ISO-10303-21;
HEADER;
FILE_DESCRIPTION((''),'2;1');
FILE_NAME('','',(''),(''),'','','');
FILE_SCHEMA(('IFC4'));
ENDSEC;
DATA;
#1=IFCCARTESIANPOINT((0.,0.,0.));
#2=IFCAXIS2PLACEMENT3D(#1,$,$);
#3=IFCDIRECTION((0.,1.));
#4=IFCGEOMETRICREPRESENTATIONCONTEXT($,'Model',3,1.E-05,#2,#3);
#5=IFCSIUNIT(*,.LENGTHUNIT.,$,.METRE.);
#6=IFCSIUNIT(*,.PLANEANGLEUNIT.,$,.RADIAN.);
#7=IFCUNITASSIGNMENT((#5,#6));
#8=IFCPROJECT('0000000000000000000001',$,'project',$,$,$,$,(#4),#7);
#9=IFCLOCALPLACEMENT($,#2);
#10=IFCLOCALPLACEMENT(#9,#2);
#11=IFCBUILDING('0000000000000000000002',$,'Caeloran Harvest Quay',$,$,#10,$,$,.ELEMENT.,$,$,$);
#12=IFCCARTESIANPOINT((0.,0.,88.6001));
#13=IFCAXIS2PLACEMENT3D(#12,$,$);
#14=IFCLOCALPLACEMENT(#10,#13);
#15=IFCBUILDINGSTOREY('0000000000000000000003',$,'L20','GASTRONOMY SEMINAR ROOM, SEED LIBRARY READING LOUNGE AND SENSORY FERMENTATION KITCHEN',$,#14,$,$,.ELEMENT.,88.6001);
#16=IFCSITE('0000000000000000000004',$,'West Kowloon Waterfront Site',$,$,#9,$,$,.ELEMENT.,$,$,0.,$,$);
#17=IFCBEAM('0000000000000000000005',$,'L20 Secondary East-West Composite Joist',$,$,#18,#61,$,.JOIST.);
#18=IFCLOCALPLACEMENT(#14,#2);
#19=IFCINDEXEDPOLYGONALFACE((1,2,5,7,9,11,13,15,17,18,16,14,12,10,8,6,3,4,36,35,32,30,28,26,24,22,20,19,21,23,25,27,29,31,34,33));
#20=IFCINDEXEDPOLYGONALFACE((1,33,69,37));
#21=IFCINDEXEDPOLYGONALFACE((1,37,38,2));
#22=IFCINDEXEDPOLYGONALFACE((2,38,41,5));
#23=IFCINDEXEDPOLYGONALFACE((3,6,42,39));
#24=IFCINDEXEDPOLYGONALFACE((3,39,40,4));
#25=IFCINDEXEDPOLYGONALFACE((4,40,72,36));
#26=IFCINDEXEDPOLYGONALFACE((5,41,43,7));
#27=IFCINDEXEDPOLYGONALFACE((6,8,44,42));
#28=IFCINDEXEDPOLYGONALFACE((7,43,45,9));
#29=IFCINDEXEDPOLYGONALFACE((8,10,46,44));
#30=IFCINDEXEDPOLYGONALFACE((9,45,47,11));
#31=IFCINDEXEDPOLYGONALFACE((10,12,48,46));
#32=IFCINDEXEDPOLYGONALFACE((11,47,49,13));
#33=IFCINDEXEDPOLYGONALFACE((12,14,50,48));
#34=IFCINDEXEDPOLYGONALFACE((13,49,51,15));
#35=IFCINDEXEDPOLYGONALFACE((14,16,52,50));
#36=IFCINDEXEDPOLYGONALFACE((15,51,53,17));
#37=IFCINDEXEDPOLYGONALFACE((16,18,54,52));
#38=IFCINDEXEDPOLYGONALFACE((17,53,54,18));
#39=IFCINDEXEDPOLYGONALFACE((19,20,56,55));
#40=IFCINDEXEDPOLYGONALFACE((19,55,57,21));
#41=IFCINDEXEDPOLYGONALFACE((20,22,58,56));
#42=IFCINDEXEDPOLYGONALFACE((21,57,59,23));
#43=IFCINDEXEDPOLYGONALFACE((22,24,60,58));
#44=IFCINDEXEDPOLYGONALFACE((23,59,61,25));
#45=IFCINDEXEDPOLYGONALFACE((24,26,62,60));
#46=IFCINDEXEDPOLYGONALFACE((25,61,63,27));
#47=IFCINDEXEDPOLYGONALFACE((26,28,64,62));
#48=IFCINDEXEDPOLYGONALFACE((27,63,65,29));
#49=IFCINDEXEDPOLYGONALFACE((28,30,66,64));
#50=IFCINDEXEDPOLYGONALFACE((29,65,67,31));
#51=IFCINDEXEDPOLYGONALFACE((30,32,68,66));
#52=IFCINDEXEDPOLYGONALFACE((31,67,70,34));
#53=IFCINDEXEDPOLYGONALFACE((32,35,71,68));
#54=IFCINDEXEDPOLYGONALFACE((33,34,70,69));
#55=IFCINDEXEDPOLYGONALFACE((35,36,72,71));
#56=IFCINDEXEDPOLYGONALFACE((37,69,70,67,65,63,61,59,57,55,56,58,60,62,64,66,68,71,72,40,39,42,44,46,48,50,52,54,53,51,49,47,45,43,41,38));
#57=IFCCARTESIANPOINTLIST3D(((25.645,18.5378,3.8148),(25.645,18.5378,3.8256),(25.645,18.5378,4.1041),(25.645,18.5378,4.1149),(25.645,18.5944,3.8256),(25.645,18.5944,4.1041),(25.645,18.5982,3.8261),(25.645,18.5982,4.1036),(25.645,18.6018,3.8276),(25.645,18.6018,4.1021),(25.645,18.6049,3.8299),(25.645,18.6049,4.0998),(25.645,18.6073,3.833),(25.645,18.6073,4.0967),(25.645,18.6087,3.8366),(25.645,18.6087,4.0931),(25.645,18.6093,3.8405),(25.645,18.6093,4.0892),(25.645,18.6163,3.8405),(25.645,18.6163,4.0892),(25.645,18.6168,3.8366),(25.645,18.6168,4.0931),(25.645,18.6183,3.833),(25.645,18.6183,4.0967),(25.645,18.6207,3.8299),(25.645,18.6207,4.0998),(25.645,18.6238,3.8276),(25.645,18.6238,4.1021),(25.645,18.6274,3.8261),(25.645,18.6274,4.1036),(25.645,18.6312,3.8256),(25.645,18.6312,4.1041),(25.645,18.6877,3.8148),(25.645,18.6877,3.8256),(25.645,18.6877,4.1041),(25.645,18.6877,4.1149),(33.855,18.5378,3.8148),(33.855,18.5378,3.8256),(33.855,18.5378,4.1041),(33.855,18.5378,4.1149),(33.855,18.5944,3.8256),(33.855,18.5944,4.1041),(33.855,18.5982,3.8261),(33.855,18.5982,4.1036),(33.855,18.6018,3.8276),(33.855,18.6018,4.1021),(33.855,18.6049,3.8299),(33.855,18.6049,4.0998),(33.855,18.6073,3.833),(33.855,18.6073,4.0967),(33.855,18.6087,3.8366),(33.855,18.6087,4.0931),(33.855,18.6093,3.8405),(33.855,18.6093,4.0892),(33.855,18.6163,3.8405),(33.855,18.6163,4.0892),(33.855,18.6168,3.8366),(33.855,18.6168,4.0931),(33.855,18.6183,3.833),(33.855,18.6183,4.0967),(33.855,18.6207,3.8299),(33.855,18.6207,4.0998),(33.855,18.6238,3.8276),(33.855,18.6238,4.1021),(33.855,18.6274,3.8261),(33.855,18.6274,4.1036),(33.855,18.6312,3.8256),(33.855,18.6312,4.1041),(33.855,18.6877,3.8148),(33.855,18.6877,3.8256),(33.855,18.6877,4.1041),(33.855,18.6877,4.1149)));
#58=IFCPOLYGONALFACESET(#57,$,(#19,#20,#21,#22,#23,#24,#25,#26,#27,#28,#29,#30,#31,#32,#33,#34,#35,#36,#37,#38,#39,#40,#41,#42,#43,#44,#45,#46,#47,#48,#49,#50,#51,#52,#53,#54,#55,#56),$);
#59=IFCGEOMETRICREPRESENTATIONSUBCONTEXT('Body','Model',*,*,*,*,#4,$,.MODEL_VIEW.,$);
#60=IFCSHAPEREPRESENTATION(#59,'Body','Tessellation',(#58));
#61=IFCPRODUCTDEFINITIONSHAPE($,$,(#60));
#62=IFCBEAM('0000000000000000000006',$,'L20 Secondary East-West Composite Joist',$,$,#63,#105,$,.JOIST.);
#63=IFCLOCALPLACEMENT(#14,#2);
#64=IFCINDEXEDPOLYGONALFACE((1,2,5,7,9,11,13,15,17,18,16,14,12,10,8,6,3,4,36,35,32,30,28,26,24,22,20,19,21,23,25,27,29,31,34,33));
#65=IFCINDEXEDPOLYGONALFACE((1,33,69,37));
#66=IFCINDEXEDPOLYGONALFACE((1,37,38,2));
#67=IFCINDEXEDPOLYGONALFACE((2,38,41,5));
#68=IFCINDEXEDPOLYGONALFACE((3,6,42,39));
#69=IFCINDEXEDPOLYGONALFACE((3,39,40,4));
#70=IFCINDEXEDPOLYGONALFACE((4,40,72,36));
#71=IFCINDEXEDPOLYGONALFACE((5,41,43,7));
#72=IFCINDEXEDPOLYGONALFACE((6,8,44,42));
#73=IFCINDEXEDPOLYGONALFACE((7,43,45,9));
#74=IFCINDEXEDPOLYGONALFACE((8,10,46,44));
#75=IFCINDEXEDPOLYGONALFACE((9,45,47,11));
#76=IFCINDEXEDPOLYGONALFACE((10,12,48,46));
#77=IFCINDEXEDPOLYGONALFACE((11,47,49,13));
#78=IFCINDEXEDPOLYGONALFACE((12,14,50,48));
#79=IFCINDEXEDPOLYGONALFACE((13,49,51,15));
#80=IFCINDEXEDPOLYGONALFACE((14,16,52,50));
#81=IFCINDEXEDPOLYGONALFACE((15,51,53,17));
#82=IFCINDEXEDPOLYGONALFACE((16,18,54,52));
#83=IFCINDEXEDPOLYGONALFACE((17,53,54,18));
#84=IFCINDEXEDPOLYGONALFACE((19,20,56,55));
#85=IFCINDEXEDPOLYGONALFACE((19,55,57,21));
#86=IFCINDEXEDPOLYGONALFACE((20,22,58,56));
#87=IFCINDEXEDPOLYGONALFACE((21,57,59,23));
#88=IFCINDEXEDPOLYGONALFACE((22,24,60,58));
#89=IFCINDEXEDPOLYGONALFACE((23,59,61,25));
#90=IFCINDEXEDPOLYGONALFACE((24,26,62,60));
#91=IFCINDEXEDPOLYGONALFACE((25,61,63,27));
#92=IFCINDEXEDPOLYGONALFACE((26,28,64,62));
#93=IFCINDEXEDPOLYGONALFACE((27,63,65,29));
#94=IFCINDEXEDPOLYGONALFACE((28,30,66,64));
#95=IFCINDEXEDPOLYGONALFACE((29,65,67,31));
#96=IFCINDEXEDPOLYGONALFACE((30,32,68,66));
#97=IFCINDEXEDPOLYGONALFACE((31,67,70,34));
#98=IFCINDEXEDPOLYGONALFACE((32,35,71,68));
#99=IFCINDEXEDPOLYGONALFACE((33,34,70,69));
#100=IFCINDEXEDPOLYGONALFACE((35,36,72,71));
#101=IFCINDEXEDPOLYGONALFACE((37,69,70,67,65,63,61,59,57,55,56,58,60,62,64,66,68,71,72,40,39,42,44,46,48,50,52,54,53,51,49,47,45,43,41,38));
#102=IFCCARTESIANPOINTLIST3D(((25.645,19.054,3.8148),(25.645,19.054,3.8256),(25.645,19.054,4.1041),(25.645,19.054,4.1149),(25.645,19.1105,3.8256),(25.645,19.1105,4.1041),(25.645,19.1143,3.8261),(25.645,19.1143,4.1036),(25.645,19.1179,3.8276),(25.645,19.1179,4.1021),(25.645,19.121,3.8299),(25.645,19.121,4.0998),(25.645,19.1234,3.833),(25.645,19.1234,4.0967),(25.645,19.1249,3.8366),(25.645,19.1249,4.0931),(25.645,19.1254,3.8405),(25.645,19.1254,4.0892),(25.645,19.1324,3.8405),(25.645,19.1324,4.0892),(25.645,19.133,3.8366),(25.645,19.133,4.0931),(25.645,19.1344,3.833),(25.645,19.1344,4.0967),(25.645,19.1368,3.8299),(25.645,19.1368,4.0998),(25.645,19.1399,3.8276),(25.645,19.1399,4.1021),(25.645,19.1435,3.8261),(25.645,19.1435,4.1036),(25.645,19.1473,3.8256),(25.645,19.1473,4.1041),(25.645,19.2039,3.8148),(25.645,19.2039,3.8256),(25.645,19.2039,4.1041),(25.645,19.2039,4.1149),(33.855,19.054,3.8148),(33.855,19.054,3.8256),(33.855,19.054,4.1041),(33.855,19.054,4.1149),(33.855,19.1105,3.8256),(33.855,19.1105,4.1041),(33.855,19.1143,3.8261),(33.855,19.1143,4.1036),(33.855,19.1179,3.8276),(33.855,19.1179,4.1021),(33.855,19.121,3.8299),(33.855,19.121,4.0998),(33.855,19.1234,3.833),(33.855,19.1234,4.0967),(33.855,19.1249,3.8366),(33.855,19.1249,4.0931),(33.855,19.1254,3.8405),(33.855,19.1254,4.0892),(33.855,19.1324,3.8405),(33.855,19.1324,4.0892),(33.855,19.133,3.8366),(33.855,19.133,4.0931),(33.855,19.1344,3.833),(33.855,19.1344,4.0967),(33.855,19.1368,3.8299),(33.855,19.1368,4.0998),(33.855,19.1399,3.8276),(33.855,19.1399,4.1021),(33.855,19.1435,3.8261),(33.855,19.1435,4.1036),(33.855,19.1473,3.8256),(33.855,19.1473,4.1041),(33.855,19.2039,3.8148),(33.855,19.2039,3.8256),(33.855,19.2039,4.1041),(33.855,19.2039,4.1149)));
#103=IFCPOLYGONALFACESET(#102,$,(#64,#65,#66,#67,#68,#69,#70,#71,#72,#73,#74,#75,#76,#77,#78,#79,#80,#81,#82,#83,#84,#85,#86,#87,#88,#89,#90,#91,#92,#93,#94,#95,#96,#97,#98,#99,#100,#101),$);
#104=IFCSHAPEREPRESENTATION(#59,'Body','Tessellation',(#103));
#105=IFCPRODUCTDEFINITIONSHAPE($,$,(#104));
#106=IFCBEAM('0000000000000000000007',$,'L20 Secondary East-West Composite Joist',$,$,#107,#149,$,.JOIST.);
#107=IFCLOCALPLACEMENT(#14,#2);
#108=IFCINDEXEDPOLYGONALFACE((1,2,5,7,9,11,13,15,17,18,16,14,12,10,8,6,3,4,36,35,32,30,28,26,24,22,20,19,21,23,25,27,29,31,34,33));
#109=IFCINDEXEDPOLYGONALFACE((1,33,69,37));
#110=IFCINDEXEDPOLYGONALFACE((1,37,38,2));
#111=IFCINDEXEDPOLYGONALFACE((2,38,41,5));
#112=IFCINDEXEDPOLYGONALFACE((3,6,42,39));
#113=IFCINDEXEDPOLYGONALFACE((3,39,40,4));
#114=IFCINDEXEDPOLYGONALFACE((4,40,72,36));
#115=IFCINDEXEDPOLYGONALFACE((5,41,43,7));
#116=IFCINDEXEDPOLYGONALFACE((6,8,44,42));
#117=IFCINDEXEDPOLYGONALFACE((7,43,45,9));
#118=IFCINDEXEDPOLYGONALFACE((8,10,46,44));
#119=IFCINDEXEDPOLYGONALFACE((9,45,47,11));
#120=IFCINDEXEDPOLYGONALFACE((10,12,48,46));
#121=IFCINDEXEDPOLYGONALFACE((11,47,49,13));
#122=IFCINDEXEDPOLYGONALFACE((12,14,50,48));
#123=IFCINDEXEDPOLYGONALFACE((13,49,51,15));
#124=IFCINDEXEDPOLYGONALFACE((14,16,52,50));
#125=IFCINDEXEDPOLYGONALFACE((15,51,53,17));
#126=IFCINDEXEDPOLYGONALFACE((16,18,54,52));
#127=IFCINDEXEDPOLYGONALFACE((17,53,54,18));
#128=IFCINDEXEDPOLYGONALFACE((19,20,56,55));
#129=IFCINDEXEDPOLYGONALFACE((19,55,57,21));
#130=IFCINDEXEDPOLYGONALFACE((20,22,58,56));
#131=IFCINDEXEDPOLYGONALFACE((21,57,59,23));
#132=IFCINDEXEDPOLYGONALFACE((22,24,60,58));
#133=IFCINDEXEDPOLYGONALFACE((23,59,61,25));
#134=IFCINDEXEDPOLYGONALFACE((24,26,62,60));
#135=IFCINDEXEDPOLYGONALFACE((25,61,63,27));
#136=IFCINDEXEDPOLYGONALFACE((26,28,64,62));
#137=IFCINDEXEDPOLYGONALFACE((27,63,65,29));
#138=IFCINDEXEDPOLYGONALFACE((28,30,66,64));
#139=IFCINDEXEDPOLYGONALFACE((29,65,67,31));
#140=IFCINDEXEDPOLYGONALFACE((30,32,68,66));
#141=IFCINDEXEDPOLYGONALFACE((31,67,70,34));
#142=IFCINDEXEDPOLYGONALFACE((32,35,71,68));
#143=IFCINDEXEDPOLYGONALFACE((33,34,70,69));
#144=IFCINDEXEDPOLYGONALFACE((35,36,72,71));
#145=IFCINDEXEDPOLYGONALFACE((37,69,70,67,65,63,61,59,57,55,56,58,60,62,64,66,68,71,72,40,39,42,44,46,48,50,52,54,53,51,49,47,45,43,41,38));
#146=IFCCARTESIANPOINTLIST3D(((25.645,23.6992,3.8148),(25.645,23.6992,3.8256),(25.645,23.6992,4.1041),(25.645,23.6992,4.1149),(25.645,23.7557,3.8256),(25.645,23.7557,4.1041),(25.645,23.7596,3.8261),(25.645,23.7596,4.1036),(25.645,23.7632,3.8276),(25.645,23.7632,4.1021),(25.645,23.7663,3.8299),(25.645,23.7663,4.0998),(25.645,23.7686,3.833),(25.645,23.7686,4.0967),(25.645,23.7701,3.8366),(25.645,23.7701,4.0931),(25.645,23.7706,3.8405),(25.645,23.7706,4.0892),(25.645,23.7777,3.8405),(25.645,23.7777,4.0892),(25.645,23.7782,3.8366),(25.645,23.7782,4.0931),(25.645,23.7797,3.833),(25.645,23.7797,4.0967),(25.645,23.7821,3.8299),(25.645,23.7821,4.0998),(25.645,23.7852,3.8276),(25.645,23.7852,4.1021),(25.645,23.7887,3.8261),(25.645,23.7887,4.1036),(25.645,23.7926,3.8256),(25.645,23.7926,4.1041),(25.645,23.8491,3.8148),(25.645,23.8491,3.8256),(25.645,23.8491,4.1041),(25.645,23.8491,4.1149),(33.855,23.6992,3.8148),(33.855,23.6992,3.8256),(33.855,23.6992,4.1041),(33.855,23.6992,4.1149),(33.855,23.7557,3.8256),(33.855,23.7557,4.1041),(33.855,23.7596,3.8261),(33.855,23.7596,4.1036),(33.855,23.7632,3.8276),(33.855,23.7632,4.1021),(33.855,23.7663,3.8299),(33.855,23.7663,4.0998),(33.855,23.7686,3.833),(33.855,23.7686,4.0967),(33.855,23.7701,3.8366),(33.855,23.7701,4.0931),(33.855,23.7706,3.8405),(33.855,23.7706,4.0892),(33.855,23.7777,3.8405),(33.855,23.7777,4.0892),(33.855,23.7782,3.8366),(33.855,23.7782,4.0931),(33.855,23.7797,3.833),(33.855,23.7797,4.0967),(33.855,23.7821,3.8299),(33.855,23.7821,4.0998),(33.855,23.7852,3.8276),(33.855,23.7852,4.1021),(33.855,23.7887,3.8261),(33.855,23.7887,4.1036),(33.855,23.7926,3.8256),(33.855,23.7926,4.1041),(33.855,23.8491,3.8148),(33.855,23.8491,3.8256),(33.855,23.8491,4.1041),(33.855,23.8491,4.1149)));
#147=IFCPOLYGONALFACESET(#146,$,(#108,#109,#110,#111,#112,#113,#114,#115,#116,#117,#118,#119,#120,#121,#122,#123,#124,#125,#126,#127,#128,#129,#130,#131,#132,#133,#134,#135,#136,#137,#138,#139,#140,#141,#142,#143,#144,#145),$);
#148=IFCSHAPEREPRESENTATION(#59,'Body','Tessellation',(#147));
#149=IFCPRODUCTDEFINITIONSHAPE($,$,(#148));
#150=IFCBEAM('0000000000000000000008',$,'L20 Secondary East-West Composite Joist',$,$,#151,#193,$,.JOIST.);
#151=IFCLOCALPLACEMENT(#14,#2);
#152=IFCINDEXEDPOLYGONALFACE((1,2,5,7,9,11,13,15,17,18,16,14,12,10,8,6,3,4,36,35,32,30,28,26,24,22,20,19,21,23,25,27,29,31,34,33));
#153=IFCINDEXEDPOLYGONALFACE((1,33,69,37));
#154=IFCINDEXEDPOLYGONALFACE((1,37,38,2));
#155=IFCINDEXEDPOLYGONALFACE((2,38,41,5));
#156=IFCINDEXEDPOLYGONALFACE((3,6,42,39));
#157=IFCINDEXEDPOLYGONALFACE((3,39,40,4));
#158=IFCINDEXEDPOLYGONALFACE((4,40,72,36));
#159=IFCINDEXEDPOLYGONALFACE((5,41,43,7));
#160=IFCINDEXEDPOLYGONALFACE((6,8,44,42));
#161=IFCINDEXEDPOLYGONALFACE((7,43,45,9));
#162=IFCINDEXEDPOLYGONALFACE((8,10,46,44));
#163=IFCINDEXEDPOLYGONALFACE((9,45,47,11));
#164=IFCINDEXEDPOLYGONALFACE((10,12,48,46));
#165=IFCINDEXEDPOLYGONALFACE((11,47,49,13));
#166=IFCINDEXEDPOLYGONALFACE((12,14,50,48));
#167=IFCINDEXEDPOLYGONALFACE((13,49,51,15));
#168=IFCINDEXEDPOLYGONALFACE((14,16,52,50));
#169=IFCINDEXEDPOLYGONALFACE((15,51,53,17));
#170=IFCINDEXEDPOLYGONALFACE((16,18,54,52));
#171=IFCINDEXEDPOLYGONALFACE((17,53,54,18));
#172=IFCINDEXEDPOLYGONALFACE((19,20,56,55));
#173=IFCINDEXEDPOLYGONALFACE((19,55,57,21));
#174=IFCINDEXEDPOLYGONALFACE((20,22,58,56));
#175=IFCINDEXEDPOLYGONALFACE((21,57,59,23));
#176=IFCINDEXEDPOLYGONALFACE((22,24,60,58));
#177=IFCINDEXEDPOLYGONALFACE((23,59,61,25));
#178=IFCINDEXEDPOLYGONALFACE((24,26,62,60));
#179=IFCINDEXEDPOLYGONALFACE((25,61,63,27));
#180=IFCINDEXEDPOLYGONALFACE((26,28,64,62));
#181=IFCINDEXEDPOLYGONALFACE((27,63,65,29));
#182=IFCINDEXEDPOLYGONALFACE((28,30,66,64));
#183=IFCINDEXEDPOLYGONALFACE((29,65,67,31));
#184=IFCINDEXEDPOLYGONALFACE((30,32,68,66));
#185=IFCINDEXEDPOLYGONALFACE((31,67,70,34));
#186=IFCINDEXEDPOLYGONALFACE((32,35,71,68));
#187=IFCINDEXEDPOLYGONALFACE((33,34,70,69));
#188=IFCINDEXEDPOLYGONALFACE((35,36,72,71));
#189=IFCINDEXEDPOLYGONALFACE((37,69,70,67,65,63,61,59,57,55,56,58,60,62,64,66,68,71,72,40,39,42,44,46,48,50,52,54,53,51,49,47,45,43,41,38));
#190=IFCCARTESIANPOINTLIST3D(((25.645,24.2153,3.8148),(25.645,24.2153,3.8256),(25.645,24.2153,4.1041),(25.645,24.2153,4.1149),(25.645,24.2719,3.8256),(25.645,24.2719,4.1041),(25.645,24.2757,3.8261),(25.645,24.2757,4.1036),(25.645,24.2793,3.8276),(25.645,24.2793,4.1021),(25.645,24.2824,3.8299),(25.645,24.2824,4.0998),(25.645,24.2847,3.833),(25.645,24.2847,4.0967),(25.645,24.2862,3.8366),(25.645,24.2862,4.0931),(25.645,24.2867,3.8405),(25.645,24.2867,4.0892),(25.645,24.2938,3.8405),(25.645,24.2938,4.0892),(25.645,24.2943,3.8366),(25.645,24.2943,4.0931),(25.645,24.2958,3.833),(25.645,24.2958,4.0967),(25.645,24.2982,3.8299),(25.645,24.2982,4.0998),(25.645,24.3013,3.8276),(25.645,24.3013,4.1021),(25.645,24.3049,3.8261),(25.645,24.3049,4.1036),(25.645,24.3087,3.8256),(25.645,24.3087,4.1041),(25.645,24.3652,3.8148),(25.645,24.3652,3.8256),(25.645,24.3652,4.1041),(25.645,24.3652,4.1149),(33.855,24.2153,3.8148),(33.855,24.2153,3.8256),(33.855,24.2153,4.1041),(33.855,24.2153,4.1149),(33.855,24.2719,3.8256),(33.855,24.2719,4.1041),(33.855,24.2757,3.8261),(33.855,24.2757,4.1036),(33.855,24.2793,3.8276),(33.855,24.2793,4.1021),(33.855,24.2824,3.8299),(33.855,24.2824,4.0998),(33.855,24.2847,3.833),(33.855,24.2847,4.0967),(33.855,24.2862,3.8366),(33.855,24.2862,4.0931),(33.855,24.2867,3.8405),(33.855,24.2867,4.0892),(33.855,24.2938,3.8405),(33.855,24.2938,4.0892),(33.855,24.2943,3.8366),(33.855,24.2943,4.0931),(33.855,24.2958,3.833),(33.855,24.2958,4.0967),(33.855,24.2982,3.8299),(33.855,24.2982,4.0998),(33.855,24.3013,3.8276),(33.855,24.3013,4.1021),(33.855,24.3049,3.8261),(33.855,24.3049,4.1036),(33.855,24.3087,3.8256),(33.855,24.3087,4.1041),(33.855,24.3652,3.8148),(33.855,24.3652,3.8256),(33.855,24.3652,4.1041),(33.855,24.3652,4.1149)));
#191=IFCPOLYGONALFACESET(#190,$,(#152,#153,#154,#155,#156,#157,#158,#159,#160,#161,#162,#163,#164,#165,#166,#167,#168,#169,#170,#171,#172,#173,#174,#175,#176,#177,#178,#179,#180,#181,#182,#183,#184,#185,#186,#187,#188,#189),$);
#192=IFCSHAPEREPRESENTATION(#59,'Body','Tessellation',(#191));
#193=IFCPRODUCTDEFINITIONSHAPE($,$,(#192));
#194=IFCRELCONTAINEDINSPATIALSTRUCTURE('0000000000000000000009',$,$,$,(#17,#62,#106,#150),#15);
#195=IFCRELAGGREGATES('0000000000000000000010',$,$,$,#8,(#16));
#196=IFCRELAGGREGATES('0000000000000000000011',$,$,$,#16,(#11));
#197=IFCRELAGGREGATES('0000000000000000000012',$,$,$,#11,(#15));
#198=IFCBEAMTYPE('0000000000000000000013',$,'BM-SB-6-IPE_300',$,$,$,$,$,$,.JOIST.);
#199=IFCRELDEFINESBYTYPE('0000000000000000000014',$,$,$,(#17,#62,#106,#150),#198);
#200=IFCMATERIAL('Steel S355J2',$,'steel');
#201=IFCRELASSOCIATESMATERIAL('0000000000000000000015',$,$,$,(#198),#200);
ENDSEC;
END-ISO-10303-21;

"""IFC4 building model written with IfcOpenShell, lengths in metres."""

from ifc_helpers import new_model, si_unit, direction, frame, origin, origin_2d, place, context, subcontext, project, spatial, i_section, extrude, material, material_profile, profile_set, type_object, element, save


model = new_model("IFC4")

# Units and contexts
model_context = context("Model", 3, precision=1e-05, world=origin(), true_north=direction((0.0, 1.0)))
body_context = subcontext(model_context, "Body", "Model", "MODEL_VIEW")
ifc_project = project(units=[si_unit("LENGTHUNIT", "METRE"), si_unit("PLANEANGLEUNIT", "RADIAN")], contexts=[model_context])

# Site, building, storey
site_placement = place(None, origin())
site = spatial("IfcSite", under=ifc_project, at=site_placement, Name="West Kowloon Waterfront Site", CompositionType="ELEMENT", RefElevation=0.0)
building_placement = place(site_placement, origin())
building = spatial("IfcBuilding", under=site, at=building_placement, Name="Caeloran Harvest Quay", CompositionType="ELEMENT")
storey_placement = place(building_placement, frame((0.0, 0.0, 88.6001)))
storey = spatial("IfcBuildingStorey", under=building, at=storey_placement, Name="L20", Description="GASTRONOMY SEMINAR ROOM, SEED LIBRARY READING LOUNGE AND SENSORY FERMENTATION KITCHEN", CompositionType="ELEMENT", Elevation=88.6001)

# Beams
ifc_material_1 = material(Name="Steel S355J2", Category="steel")
ifc_material_profile_1 = material_profile(ifc_material_1, i_section(OverallWidth=0.1499, OverallDepth=0.3, WebThickness=0.0071, FlangeThickness=0.0107, FilletRadius=0.0149, at=origin_2d()), Name="IPE 300")
ifc_profile_set_1 = profile_set([ifc_material_profile_1], Name="Steel S355J2")
beam_type_1 = type_object("IfcBeamType", Name="BM-SB-6-IPE_300", PredefinedType="JOIST", material=ifc_profile_set_1)
for number, where, z_axis, x_axis, name in (
    (1, (25.645, 18.6128, 3.9648), (1.0, 0.0, 0.0), (0.0, 1.0, 0.0), "L20 Secondary East-West Composite Joist"),
    (2, (25.645, 19.1289, 3.9648), (1.0, 0.0, 0.0), (0.0, 1.0, 0.0), "L20 Secondary East-West Composite Joist"),
    (3, (25.645, 23.7742, 3.9648), (1.0, 0.0, 0.0), (0.0, 1.0, 0.0), "L20 Secondary East-West Composite Joist"),
    (4, (25.645, 24.2903, 3.9648), (1.0, 0.0, 0.0), (0.0, 1.0, 0.0), "L20 Secondary East-West Composite Joist"),
):
    element("IfcBeam", number, at=place(storey_placement, frame(where, z_axis=z_axis, x_axis=x_axis)), inside=storey, type_object=beam_type_1, Name=name, PredefinedType="JOIST", context=body_context, shape_type="SweptSolid", body=[
        extrude(i_section(OverallWidth=0.1499, OverallDepth=0.3, WebThickness=0.0071, FlangeThickness=0.0107, FilletRadius=0.0149, at=origin_2d()), origin(), (0.0, 0.0, 1.0), 8.21),
    ])

save(model, "model.ifc")
